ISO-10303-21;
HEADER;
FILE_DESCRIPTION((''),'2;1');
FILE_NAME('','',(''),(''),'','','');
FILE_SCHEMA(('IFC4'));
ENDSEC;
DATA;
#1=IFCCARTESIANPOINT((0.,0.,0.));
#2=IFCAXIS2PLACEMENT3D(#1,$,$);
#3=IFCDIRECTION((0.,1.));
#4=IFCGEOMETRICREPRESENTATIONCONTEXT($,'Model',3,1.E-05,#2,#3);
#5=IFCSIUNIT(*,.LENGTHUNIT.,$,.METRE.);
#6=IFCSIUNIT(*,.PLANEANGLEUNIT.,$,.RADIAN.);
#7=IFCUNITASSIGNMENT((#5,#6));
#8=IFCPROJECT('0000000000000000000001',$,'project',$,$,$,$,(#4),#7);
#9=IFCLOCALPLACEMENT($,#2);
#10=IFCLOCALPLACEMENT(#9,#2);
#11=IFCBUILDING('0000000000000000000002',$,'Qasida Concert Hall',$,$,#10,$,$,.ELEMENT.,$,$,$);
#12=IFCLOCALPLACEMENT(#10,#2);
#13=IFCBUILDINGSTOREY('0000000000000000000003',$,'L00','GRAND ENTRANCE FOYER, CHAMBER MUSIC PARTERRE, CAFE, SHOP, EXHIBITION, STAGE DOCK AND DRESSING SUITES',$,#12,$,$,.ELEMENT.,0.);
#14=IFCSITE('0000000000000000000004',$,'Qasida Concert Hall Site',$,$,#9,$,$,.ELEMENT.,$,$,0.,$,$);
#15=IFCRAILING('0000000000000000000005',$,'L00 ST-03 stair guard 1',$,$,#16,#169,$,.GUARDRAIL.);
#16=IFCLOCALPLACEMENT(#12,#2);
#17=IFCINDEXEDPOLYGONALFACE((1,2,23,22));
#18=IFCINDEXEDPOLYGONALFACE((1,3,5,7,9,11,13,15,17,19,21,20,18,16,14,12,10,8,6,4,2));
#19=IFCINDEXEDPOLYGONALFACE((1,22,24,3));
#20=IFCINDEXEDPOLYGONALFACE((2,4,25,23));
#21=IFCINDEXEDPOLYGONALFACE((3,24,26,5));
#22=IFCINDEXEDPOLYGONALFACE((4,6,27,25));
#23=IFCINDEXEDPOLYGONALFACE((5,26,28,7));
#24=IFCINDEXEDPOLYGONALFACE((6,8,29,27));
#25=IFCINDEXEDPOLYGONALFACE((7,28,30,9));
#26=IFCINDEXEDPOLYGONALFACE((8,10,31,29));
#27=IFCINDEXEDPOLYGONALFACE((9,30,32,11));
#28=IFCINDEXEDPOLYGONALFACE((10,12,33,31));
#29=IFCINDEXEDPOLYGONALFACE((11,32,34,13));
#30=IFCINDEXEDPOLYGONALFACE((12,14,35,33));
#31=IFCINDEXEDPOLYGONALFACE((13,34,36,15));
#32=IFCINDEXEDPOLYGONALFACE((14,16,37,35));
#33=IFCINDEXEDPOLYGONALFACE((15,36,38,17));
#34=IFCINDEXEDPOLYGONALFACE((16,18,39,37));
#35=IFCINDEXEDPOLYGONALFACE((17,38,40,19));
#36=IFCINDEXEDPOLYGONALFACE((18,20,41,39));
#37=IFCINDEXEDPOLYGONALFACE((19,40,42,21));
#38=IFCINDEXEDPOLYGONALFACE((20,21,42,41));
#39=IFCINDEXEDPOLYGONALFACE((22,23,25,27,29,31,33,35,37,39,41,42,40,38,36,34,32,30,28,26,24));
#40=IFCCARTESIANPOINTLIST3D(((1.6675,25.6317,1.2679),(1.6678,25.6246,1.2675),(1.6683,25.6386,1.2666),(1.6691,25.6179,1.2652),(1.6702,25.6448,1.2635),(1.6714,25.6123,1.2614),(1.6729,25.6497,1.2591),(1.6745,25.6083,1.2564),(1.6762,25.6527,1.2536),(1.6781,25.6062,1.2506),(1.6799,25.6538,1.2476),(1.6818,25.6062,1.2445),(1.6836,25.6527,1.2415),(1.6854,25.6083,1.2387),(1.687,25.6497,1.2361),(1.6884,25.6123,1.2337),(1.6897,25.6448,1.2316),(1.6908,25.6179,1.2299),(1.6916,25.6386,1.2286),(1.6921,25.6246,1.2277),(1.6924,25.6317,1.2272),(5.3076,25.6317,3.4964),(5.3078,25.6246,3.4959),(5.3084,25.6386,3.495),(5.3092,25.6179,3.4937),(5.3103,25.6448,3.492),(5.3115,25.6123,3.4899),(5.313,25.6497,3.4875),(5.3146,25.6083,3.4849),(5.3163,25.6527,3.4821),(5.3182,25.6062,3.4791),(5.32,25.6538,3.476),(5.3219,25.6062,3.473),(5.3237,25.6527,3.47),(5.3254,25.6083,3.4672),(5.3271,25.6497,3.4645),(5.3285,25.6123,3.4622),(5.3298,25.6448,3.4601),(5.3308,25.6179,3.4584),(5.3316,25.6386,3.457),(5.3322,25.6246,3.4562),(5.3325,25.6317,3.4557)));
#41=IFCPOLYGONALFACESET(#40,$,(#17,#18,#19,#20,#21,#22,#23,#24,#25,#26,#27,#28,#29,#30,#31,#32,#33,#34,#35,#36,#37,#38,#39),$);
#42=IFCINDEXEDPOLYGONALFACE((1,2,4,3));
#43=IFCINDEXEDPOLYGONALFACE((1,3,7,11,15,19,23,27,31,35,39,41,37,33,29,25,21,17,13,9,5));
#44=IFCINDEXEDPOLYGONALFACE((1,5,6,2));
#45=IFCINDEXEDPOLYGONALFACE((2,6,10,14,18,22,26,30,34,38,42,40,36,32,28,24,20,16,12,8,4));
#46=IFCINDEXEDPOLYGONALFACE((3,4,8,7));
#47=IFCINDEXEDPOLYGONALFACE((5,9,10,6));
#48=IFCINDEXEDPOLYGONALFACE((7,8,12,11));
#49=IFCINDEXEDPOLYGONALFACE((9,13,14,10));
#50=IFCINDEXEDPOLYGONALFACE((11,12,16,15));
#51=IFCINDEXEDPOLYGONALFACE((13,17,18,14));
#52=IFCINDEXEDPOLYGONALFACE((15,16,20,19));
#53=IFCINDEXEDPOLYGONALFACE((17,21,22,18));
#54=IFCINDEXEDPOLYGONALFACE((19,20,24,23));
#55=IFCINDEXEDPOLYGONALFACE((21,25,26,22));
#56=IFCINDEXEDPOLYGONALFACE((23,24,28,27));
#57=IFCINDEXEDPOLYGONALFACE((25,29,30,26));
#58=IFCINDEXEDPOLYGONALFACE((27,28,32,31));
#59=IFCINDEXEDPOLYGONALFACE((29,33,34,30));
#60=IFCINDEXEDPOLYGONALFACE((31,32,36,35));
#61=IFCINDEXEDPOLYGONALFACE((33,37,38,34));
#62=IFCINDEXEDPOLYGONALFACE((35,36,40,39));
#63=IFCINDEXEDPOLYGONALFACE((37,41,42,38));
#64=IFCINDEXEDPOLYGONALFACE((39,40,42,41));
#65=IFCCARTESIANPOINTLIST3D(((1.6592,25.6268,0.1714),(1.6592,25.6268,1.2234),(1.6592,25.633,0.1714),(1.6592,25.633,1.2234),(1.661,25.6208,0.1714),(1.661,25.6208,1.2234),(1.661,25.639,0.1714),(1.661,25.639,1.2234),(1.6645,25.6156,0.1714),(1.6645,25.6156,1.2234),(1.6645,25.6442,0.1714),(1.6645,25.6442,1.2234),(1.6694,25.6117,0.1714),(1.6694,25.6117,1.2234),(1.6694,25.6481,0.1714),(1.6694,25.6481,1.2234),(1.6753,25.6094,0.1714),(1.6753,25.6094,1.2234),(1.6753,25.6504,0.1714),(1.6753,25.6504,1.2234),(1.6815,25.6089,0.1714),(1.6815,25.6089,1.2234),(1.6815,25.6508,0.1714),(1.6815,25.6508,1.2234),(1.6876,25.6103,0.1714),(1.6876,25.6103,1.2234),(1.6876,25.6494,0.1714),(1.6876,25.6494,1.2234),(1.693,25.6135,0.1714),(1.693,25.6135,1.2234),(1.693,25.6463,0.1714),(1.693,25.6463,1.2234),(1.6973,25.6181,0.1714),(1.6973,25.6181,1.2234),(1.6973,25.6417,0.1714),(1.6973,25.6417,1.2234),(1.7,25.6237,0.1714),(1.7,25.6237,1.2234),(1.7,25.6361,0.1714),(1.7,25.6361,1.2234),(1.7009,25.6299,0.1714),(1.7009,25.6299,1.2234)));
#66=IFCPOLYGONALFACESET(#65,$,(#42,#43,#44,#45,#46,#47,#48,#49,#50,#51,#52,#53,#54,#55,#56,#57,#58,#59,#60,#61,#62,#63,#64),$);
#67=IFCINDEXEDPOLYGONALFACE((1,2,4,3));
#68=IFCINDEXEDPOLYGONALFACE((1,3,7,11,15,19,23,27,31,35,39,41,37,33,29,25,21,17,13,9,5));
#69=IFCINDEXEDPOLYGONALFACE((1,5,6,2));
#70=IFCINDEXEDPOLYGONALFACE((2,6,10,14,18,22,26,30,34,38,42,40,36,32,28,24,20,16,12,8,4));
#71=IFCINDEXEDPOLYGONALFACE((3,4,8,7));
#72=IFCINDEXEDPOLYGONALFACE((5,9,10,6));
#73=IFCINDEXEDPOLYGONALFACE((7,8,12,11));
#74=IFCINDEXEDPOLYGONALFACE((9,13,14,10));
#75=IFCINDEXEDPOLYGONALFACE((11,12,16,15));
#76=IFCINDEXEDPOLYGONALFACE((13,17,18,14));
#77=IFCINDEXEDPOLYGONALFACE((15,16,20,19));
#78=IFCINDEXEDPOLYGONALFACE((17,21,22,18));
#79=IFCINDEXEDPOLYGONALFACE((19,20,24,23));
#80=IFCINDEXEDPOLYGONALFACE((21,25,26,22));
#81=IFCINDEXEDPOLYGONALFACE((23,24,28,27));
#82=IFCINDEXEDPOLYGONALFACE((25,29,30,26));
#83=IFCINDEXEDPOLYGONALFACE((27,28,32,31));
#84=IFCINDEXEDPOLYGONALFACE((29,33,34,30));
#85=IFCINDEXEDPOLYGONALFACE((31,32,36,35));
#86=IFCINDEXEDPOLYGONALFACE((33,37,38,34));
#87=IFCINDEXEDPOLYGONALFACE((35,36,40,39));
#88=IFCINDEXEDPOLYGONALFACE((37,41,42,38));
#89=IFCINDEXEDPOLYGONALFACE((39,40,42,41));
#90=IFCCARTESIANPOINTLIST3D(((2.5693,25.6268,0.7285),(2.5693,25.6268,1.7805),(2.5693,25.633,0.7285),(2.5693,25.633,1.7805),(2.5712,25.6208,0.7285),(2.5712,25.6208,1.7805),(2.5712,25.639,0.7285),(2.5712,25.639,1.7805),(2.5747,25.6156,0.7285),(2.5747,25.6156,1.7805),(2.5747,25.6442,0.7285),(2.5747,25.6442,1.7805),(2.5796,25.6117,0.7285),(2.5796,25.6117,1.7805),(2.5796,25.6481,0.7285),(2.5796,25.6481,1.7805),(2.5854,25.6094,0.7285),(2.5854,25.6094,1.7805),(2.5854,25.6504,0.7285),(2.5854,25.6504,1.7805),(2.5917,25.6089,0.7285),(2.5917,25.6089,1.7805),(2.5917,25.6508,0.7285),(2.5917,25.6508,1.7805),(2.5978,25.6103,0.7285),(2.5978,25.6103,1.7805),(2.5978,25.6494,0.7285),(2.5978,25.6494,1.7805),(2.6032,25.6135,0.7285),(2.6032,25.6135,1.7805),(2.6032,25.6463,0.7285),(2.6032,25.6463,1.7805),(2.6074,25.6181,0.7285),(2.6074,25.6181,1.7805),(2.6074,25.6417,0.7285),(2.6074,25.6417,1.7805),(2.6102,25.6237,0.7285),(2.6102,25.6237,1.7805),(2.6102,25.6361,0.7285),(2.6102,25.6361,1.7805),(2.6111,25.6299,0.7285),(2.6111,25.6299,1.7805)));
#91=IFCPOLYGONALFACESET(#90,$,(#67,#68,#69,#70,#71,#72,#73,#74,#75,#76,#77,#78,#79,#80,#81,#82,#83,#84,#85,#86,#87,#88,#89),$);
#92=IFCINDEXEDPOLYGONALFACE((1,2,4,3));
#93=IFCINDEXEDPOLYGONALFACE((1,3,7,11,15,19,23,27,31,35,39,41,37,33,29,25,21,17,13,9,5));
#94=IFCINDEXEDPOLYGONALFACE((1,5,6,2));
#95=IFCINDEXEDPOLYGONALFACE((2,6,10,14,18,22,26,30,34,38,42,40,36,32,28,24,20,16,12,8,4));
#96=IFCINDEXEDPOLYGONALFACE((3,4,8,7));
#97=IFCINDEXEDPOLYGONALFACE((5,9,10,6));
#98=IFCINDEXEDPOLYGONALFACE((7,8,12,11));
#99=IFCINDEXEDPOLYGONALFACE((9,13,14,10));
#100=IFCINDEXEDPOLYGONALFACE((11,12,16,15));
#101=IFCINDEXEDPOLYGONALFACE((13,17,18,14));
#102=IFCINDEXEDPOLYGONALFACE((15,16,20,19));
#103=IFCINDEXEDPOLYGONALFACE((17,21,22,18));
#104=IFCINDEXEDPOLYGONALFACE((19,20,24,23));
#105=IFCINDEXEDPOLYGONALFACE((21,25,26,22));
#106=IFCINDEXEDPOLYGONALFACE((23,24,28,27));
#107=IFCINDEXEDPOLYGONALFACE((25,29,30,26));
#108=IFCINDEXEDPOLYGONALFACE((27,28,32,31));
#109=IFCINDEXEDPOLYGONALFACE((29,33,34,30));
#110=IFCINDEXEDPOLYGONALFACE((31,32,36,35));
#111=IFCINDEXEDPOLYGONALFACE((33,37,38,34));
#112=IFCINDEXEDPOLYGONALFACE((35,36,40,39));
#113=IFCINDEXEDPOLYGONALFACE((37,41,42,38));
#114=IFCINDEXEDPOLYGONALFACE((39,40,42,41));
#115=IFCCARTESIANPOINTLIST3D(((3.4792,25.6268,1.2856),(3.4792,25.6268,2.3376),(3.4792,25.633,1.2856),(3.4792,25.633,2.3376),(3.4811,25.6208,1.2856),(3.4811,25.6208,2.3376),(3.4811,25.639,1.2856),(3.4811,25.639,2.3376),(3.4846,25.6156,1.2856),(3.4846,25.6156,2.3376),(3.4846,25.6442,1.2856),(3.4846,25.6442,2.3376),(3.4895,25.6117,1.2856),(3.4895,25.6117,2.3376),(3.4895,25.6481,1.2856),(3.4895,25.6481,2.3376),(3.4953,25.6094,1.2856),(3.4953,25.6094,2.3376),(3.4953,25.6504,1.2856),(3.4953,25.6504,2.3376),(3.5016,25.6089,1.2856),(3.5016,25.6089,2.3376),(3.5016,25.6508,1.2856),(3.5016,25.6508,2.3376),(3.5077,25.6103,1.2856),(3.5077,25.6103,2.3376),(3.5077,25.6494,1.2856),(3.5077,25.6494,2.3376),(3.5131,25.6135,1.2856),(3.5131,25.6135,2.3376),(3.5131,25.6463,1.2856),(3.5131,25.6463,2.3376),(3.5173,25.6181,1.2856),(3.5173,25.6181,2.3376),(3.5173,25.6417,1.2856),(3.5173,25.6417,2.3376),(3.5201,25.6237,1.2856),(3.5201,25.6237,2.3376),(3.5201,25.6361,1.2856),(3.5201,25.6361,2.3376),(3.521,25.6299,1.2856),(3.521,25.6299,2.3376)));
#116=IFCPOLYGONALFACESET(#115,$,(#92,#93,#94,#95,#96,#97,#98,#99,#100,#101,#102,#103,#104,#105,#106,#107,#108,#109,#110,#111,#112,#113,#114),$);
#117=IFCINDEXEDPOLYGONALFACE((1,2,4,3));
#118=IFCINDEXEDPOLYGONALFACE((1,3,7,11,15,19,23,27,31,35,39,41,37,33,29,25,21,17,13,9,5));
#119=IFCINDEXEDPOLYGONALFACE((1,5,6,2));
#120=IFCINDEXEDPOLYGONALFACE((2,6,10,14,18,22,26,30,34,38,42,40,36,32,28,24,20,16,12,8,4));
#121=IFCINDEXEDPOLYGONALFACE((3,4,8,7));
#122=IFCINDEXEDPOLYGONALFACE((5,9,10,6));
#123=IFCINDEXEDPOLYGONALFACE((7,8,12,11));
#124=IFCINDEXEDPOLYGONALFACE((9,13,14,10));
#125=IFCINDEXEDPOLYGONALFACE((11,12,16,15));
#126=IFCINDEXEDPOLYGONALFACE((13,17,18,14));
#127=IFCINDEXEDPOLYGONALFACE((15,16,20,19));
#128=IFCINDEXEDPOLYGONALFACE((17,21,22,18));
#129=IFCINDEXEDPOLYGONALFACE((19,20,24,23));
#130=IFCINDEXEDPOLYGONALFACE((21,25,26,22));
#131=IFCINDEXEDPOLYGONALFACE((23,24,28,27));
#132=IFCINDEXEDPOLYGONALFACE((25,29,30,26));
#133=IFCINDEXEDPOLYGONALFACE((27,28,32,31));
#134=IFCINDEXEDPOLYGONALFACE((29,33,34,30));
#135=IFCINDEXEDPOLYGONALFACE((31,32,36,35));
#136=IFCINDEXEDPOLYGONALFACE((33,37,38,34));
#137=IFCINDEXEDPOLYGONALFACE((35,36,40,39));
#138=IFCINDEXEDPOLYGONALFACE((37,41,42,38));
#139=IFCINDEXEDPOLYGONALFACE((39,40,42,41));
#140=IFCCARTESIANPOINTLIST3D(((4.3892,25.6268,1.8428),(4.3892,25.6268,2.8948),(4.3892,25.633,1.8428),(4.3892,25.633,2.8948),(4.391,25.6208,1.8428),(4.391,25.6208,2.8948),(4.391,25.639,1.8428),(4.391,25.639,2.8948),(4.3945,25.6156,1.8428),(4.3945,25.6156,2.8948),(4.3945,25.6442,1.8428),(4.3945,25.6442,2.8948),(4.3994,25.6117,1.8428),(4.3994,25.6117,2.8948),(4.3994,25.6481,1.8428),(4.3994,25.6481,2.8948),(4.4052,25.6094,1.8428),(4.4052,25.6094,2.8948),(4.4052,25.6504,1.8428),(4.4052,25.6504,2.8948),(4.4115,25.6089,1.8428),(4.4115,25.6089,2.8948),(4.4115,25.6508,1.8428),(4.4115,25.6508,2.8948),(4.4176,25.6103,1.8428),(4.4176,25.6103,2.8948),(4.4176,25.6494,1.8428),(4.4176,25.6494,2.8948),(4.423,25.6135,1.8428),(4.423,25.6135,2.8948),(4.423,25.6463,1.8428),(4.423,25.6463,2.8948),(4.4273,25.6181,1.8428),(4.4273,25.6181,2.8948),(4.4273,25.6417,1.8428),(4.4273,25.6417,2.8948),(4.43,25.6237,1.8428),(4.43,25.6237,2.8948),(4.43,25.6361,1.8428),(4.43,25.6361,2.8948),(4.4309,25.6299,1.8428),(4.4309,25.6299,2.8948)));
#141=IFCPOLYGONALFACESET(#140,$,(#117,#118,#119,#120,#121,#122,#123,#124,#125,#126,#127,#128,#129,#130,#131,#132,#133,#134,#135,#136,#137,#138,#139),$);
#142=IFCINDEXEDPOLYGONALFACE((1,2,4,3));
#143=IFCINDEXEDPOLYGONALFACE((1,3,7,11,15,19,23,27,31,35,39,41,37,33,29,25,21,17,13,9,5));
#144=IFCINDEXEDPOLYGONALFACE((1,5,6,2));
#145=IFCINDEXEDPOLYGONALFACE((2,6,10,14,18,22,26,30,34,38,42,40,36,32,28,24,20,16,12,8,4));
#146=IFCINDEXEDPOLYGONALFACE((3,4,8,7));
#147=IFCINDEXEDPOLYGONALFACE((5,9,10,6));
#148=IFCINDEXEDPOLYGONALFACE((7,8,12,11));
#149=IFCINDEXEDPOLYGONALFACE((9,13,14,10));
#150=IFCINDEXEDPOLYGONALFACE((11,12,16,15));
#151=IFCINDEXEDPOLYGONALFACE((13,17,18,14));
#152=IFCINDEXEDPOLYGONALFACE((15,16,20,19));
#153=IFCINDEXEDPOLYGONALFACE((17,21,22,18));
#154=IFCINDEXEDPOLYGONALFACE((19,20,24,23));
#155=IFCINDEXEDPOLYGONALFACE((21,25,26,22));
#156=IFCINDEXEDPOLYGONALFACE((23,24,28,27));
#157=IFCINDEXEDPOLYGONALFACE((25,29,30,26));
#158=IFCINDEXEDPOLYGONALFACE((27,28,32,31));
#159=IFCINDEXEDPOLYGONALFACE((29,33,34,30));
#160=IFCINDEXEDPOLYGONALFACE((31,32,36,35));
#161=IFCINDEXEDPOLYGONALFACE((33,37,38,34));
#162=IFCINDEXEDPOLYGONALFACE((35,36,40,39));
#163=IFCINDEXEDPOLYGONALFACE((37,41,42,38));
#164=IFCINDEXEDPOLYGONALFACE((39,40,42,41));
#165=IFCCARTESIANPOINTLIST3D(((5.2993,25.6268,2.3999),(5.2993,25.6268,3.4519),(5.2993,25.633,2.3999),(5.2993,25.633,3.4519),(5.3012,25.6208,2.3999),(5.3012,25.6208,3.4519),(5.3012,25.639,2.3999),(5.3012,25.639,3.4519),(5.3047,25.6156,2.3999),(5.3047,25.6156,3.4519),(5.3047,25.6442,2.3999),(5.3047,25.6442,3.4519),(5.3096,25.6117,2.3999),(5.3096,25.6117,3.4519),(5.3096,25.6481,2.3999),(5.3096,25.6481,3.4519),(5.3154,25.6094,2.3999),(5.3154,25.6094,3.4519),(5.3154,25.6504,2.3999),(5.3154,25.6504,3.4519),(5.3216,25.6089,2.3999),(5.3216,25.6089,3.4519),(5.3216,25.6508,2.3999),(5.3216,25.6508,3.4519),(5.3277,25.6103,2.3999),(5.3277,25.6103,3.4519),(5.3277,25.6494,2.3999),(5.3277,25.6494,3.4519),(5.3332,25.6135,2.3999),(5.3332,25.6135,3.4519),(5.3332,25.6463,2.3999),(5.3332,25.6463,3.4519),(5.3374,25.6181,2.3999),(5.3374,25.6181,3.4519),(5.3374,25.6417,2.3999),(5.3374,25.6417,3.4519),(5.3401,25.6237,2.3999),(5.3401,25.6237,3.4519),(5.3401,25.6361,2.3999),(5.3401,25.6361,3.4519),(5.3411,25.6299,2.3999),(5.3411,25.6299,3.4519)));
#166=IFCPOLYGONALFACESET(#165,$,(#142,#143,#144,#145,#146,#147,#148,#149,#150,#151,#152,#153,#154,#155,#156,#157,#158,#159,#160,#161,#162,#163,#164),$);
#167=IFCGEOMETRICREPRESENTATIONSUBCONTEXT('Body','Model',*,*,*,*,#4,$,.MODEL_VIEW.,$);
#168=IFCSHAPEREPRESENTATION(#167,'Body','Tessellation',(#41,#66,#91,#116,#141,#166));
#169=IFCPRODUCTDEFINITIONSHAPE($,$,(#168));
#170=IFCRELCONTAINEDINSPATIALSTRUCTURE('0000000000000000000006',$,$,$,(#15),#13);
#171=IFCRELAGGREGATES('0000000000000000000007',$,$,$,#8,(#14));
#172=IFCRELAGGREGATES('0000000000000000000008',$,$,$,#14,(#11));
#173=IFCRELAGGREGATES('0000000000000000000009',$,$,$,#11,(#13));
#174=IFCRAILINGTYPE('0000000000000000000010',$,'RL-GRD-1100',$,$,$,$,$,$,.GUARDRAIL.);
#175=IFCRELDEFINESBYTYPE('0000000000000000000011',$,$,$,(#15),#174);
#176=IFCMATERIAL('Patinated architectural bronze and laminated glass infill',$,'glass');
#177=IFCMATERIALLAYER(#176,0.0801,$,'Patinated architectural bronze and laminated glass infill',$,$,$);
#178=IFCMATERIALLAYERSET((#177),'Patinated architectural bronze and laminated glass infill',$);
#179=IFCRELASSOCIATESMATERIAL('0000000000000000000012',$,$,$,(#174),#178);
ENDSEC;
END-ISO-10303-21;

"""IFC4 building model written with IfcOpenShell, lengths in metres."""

from ifc_helpers import new_model, si_unit, direction, frame, origin, origin_2d, place, context, subcontext, project, spatial, circle, extrude, material, layer, layer_set, type_object, element, save


model = new_model("IFC4")

# Units and contexts
model_context = context("Model", 3, precision=1e-05, world=origin(), true_north=direction((0.0, 1.0)))
body_context = subcontext(model_context, "Body", "Model", "MODEL_VIEW")
ifc_project = project(units=[si_unit("LENGTHUNIT", "METRE"), si_unit("PLANEANGLEUNIT", "RADIAN")], contexts=[model_context])

# Site, building, storey
site_placement = place(None, origin())
site = spatial("IfcSite", under=ifc_project, at=site_placement, Name="Qasida Concert Hall Site", CompositionType="ELEMENT", RefElevation=0.0)
building_placement = place(site_placement, origin())
building = spatial("IfcBuilding", under=site, at=building_placement, Name="Qasida Concert Hall", CompositionType="ELEMENT")
storey_placement = place(building_placement, origin())
storey = spatial("IfcBuildingStorey", under=building, at=storey_placement, Name="L00", Description="GRAND ENTRANCE FOYER, CHAMBER MUSIC PARTERRE, CAFE, SHOP, EXHIBITION, STAGE DOCK AND DRESSING SUITES", CompositionType="ELEMENT", Elevation=0.0)

# Railing
ifc_material_1 = material(Name="Patinated architectural bronze and laminated glass infill", Category="glass")
ifc_layer_1 = layer(ifc_material_1, 0.0801, Name="Patinated architectural bronze and laminated glass infill")
ifc_layer_set_1 = layer_set([ifc_layer_1], Name="Patinated architectural bronze and laminated glass infill")
railing_type_1 = type_object("IfcRailingType", Name="RL-GRD-1100", PredefinedType="GUARDRAIL", material=ifc_layer_set_1)
railing_1_placement = place(storey_placement, frame((1.6799, 25.6299, 0.1714)))
element("IfcRailing", 1, at=railing_1_placement, inside=storey, type_object=railing_type_1, Name="L00 ST-03 stair guard 1", PredefinedType="GUARDRAIL", context=body_context, shape_type="SweptSolid", body=[
    extrude(circle(Radius=0.0239, at=origin_2d()), frame((0.0, 0.0, 1.0762), z_axis=(0.852866, 0.0, 0.52213), x_axis=(0.0, 1.0, 0.0)), (0.0, 0.0, 1.0), 4.2681),
    extrude(circle(Radius=0.021, at=origin_2d()), origin(), (0.0, 0.0, 1.0), 1.052),
    extrude(circle(Radius=0.021, at=origin_2d()), frame((0.9102, 0.0, 0.5571)), (0.0, 0.0, 1.0), 1.052),
    extrude(circle(Radius=0.021, at=origin_2d()), frame((1.8201, 0.0, 1.1143)), (0.0, 0.0, 1.0), 1.052),
    extrude(circle(Radius=0.021, at=origin_2d()), frame((2.73, 0.0, 1.6714)), (0.0, 0.0, 1.0), 1.052),
    extrude(circle(Radius=0.021, at=origin_2d()), frame((3.6401, 0.0, 2.2285)), (0.0, 0.0, 1.0), 1.052),
])

save(model, "model.ifc")
